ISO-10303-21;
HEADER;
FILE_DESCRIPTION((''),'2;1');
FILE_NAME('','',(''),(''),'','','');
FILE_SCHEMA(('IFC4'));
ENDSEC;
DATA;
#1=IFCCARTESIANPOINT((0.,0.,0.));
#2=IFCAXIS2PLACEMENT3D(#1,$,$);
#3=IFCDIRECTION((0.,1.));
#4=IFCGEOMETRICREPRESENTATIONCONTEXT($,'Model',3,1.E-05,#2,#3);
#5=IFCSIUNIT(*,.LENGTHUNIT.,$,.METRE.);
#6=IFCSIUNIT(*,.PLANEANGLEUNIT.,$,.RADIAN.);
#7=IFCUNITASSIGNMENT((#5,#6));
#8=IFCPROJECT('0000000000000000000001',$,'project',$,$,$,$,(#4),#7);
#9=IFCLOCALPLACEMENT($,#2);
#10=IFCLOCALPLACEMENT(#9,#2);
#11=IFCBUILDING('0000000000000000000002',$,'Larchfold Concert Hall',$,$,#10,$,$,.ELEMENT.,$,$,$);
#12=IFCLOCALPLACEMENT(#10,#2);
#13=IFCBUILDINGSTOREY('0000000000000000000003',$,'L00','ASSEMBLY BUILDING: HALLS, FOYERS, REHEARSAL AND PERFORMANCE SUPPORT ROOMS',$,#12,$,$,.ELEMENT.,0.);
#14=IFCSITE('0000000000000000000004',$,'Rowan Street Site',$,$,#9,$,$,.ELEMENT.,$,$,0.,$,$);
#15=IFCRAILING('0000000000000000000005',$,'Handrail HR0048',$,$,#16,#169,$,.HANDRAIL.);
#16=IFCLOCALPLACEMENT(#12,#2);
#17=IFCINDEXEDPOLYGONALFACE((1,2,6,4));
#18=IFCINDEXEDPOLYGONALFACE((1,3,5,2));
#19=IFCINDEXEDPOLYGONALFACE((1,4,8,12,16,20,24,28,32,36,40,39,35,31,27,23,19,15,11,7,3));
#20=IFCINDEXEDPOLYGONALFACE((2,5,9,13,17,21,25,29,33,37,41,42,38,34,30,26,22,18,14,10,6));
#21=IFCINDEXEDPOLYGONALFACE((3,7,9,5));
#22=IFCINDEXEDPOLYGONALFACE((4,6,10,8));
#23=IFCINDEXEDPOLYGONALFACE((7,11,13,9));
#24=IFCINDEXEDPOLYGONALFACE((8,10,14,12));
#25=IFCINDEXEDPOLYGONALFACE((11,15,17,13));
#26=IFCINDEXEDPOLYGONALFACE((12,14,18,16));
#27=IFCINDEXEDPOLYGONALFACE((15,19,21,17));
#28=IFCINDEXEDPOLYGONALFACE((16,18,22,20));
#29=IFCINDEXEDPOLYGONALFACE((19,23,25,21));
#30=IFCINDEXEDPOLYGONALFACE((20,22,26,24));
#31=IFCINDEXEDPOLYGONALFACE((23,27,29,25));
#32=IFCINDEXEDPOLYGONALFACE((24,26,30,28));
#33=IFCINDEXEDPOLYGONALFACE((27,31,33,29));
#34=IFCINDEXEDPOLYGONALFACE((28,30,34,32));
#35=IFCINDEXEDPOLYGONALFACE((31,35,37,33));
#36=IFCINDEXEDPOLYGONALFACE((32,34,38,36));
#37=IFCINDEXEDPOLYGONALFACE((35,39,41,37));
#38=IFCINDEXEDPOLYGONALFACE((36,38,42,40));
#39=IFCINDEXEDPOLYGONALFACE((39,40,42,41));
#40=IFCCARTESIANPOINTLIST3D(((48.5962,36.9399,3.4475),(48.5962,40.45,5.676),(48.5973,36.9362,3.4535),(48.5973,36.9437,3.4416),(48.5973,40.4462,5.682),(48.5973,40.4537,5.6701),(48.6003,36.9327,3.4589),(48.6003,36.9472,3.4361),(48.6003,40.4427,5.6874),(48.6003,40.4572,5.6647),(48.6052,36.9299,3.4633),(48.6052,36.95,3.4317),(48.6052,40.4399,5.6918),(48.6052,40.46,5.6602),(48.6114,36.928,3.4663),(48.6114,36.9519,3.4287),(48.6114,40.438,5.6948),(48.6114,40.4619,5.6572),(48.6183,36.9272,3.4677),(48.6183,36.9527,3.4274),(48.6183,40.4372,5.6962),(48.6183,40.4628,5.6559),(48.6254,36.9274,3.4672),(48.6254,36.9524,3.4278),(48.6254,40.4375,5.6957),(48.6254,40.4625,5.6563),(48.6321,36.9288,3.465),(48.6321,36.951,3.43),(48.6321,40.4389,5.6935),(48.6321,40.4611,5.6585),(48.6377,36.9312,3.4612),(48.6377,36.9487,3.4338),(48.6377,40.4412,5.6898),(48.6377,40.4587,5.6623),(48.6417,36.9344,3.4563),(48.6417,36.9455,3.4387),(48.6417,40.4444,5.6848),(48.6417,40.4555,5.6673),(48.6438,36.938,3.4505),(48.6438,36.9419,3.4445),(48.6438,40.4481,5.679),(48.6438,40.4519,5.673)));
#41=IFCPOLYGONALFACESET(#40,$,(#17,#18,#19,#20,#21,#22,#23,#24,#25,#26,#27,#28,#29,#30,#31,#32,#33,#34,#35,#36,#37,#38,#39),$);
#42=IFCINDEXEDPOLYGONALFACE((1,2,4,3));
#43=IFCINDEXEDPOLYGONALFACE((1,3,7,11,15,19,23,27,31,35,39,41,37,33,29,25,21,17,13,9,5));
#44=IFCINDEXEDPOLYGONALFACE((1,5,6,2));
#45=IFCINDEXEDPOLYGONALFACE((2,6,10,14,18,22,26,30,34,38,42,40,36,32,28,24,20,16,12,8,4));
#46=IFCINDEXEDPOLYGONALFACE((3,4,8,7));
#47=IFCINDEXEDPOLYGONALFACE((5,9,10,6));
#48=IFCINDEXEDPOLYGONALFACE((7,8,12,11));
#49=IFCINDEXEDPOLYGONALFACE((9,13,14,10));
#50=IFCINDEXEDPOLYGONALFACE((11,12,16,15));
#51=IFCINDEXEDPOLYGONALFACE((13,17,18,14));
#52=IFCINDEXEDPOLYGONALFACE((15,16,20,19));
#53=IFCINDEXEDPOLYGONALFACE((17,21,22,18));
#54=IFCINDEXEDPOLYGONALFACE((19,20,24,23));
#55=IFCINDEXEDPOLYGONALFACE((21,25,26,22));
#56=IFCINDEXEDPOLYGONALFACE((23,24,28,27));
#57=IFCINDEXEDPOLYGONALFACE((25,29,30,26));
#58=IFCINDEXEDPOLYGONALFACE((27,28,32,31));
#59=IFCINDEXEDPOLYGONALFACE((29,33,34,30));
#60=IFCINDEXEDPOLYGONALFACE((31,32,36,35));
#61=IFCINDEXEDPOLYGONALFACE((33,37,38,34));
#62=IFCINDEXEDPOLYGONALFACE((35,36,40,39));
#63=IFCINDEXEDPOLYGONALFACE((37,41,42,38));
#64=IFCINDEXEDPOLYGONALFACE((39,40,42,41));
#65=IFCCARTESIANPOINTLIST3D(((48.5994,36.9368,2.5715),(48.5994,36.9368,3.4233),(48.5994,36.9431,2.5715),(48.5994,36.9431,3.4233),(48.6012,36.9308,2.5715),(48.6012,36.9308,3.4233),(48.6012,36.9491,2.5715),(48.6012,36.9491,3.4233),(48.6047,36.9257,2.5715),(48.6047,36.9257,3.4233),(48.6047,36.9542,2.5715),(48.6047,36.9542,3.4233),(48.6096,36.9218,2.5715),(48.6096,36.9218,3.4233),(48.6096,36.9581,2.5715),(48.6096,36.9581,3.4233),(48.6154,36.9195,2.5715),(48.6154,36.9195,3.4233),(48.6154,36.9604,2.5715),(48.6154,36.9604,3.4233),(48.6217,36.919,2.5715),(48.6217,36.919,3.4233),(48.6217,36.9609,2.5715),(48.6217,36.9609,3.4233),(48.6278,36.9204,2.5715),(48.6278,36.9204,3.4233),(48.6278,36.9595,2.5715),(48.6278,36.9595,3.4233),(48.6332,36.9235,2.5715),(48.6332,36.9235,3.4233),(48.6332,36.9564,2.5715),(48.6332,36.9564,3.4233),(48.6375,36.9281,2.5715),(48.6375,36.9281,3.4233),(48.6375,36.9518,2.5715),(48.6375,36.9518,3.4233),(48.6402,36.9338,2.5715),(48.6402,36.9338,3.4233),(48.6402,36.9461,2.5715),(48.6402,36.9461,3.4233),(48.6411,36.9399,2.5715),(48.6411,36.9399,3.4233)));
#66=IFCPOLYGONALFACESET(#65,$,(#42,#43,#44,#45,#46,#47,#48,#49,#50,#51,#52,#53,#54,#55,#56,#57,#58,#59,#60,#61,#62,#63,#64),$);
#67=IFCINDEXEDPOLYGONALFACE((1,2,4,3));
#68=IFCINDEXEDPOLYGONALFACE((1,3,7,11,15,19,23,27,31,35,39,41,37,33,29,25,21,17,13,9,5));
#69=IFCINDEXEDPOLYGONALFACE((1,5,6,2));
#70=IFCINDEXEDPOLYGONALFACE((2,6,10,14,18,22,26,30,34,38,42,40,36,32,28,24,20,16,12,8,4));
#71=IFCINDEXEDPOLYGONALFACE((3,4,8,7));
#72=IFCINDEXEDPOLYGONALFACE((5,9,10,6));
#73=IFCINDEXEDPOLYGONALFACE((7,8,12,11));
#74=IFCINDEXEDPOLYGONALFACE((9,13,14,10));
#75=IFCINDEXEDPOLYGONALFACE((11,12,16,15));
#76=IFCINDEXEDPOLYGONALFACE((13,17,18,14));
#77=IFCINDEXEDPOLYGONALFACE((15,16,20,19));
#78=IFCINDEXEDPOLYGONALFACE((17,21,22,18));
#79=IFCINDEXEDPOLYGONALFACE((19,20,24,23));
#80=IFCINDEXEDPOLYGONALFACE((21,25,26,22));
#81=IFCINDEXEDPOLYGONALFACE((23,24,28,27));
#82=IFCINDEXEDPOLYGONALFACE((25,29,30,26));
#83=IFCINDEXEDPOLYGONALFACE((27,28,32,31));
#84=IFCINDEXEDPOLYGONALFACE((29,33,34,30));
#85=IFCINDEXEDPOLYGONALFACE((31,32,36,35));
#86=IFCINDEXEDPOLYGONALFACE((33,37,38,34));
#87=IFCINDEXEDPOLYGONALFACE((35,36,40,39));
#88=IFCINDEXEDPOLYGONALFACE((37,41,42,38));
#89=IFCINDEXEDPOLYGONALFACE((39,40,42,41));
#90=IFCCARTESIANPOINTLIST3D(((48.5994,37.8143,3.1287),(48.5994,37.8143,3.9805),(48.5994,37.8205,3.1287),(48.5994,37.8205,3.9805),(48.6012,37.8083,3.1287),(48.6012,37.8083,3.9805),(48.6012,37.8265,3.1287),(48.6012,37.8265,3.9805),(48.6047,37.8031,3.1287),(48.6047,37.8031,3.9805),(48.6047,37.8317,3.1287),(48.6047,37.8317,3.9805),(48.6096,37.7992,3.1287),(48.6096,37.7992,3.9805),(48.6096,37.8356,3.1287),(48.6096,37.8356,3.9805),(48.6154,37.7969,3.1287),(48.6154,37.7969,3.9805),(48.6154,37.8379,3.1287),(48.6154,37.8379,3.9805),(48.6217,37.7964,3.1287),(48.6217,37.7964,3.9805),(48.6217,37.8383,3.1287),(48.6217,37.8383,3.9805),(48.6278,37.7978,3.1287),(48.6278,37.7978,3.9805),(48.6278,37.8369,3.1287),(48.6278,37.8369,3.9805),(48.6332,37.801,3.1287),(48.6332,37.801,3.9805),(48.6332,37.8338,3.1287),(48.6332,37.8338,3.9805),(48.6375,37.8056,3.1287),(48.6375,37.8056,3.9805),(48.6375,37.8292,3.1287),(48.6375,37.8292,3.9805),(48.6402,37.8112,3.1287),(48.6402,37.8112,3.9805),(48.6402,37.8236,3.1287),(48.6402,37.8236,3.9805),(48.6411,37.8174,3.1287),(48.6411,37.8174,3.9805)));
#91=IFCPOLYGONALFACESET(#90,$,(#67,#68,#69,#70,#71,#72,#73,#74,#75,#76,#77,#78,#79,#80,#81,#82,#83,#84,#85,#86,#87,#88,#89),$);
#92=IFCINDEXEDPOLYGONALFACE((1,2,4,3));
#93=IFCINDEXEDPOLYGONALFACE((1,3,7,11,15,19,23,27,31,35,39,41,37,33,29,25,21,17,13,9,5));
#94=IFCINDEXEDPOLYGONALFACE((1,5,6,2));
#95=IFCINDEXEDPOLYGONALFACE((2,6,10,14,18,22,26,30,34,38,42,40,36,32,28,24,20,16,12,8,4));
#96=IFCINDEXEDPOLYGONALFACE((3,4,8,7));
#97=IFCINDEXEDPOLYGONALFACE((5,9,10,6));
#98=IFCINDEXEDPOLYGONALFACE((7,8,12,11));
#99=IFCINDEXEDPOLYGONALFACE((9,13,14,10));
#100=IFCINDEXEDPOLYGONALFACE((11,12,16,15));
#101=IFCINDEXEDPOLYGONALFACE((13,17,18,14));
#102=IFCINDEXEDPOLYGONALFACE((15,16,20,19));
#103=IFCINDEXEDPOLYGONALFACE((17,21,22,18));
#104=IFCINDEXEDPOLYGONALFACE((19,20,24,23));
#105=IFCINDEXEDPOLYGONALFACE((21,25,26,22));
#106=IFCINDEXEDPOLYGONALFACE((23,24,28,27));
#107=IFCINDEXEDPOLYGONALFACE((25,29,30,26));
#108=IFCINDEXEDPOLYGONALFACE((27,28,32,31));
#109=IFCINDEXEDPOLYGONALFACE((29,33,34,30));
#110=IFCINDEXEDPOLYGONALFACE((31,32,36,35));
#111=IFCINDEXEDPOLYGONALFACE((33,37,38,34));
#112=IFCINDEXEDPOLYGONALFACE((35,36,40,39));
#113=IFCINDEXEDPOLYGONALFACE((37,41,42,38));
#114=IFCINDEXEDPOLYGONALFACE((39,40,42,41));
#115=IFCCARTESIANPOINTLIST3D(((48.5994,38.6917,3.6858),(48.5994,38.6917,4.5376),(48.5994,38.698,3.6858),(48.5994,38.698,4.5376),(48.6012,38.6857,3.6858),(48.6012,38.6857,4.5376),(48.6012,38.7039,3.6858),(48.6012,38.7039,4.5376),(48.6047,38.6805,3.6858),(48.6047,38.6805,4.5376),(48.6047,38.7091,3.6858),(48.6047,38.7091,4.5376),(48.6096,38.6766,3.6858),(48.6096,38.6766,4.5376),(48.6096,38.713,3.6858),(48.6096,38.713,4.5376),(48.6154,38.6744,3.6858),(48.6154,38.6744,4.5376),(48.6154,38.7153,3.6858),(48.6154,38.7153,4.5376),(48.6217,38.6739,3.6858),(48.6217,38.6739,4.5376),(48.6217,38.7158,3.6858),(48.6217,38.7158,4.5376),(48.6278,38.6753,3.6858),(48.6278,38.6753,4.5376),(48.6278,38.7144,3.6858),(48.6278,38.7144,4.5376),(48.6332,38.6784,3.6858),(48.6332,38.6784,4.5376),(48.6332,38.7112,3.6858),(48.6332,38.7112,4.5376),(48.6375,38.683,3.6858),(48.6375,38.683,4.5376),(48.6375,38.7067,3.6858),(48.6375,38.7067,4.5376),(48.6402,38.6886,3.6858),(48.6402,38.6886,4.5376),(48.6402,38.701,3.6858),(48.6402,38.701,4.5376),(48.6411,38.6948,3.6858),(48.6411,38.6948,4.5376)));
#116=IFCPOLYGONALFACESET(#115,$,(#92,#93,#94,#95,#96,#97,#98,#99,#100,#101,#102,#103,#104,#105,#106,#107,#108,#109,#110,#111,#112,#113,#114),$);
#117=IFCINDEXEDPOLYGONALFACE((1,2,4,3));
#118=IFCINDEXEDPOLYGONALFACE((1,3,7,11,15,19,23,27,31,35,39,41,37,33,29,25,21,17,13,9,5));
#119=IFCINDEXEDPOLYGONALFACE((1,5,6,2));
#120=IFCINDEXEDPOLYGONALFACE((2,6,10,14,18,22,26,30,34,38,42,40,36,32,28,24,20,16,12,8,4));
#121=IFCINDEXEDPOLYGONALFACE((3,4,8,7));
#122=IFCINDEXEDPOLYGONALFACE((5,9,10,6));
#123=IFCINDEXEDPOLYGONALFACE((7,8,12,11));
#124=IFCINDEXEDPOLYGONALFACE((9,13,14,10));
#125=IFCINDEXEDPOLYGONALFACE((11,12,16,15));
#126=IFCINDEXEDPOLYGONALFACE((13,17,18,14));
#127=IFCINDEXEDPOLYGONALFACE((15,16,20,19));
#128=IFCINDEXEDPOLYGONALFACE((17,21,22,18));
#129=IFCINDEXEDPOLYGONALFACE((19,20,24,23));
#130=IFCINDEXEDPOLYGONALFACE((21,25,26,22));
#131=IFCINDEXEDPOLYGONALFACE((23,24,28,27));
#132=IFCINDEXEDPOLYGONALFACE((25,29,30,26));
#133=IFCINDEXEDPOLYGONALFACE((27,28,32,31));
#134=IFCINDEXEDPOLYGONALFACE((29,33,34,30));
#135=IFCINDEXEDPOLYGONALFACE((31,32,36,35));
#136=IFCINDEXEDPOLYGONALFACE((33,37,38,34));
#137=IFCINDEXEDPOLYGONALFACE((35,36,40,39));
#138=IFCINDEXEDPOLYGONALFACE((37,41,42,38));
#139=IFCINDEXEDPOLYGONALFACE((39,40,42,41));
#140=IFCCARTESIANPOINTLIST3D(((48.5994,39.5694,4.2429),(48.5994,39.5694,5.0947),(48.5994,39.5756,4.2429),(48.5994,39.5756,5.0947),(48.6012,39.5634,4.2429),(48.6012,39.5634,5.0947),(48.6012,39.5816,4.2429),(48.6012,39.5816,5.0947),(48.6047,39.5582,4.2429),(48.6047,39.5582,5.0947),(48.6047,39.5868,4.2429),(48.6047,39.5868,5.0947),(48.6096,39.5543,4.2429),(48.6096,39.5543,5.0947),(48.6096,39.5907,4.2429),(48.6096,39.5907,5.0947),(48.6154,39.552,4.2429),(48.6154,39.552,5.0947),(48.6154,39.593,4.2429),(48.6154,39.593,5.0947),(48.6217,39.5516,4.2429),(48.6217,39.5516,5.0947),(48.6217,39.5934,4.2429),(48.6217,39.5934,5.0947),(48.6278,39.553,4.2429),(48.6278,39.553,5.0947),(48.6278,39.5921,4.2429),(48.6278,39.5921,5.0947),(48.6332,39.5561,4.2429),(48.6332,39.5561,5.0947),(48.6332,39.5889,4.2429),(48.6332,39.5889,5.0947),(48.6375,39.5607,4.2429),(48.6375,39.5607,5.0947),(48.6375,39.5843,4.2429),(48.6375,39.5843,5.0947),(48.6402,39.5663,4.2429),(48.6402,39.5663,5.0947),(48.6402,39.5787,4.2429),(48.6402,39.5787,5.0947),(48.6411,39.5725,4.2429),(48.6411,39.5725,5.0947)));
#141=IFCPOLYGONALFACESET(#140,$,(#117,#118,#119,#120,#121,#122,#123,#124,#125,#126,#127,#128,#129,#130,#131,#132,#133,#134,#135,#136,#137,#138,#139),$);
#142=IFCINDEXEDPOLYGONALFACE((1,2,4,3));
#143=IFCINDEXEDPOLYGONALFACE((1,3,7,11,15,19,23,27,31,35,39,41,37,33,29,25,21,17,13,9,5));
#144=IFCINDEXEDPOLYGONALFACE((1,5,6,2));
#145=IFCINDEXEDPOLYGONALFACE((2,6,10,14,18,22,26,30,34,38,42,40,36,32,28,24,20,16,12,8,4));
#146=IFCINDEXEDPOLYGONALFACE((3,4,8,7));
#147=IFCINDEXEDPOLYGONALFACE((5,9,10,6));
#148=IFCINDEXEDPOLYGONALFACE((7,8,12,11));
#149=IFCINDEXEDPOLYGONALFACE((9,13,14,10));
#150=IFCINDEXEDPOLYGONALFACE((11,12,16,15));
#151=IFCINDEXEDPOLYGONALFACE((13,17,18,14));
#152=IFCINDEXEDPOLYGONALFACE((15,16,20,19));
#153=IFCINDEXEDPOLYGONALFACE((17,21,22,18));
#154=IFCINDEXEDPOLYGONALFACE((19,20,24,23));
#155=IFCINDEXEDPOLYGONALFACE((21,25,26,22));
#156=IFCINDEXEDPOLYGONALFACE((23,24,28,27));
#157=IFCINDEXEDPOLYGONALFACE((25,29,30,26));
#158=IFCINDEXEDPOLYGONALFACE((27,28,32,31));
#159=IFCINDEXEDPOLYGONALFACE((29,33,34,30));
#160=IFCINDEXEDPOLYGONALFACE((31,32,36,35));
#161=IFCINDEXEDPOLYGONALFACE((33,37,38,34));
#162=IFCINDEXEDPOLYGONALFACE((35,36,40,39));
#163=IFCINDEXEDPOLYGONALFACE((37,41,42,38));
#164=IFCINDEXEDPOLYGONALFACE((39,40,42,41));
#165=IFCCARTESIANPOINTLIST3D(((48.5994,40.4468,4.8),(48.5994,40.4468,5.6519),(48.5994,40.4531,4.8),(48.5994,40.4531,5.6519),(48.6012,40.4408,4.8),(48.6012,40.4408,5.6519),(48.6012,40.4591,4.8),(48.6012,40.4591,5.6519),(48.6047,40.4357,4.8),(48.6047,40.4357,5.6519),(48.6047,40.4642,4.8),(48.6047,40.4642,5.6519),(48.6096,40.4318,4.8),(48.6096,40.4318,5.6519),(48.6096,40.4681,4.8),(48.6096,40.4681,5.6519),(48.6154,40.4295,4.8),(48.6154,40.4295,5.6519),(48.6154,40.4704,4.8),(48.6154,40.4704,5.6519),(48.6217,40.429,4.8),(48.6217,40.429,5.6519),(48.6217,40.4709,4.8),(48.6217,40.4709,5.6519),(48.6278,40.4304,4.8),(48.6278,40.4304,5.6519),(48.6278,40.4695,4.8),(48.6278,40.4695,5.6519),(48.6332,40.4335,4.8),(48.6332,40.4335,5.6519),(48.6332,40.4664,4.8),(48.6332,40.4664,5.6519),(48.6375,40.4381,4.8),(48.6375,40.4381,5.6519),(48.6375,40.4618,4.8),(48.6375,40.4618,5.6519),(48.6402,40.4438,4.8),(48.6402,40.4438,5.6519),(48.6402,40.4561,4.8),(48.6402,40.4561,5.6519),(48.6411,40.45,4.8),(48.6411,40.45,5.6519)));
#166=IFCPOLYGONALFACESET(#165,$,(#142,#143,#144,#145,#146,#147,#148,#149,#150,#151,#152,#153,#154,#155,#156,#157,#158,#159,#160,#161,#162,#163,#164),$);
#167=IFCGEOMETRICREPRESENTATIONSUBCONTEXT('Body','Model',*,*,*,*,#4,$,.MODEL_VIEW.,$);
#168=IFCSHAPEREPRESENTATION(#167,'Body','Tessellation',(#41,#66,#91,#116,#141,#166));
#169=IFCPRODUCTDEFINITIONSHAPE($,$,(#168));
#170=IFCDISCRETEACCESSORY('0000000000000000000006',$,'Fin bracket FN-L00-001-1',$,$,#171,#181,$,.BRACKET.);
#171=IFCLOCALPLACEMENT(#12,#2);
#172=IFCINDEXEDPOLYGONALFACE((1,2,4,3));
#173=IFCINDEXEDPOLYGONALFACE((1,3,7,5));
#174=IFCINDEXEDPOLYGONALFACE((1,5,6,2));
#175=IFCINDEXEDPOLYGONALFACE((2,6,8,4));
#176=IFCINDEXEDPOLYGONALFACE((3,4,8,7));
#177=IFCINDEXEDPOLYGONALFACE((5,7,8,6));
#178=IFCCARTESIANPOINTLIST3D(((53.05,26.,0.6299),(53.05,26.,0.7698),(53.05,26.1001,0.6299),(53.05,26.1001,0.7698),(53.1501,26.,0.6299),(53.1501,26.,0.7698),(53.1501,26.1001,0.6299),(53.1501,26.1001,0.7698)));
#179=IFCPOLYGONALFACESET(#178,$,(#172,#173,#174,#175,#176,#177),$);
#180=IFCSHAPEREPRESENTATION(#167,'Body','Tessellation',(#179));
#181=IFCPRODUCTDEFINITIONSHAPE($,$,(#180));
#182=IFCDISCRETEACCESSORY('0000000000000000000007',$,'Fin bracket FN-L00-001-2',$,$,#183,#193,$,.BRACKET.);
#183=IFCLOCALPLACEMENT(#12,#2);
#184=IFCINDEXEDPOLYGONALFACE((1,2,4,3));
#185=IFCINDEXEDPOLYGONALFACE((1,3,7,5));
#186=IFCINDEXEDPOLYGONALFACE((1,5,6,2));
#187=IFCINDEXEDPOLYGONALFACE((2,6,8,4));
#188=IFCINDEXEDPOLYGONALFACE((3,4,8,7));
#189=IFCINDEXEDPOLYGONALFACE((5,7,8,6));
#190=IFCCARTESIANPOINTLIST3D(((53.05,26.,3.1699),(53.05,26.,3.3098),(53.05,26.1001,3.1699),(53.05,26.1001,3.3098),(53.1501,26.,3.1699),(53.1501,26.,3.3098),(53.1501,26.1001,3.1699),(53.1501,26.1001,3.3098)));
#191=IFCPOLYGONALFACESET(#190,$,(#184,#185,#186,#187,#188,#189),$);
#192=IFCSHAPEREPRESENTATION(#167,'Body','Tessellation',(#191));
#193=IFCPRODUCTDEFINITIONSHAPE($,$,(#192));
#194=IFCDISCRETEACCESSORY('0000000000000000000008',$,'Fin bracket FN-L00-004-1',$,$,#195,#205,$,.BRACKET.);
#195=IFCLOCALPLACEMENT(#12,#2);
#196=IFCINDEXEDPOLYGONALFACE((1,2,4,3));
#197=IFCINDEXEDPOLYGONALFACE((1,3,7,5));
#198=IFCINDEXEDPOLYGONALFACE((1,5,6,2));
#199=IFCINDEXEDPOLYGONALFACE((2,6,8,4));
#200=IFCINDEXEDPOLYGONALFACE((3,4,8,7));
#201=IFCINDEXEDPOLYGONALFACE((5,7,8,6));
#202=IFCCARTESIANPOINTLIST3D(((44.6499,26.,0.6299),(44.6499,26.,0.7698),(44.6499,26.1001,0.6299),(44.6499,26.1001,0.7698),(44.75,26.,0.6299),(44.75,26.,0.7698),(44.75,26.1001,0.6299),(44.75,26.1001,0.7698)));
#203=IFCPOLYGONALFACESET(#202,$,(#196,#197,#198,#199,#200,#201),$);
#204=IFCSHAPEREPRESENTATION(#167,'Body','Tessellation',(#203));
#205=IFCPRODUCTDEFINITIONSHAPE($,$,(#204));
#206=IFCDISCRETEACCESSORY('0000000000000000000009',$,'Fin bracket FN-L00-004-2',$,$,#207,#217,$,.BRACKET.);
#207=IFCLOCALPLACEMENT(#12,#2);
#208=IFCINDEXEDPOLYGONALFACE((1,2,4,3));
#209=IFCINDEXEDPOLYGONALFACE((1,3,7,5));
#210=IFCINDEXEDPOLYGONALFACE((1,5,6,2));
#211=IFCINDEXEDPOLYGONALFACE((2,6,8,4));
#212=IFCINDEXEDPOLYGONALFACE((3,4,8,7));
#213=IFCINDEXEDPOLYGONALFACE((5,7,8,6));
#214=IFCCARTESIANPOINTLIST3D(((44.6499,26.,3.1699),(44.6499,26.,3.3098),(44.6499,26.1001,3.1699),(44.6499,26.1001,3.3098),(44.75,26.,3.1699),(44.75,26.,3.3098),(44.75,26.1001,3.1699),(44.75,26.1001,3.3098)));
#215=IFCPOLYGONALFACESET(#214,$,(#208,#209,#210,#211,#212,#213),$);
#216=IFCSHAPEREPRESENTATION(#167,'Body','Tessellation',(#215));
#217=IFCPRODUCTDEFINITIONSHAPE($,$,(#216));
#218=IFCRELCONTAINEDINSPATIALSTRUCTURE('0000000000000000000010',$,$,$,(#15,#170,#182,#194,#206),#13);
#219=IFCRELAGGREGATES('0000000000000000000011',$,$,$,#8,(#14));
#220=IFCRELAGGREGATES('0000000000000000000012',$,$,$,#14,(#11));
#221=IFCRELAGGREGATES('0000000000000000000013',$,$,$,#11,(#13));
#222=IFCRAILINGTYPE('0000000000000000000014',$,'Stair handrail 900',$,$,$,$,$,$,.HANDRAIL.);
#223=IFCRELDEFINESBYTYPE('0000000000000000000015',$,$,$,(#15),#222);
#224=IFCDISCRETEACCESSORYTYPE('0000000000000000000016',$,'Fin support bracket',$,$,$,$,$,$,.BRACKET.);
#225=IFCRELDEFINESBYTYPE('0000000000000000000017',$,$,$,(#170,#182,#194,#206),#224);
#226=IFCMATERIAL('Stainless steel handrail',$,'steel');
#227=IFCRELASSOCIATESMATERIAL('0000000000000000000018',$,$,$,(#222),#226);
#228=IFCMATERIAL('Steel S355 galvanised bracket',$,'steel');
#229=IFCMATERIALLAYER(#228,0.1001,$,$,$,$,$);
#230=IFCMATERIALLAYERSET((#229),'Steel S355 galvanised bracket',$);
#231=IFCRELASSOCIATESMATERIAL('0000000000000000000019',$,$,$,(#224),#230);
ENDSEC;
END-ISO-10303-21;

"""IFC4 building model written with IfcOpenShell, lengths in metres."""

from ifc_helpers import new_model, si_unit, direction, frame, origin, origin_2d, place, context, subcontext, project, spatial, rectangle, circle, extrude, material, layer, layer_set, type_object, element, save


model = new_model("IFC4")

# Units and contexts
model_context = context("Model", 3, precision=1e-05, world=origin(), true_north=direction((0.0, 1.0)))
body_context = subcontext(model_context, "Body", "Model", "MODEL_VIEW")
ifc_project = project(units=[si_unit("LENGTHUNIT", "METRE"), si_unit("PLANEANGLEUNIT", "RADIAN")], contexts=[model_context])

# Site, building, storey
site_placement = place(None, origin())
site = spatial("IfcSite", under=ifc_project, at=site_placement, Name="Rowan Street Site", CompositionType="ELEMENT", RefElevation=0.0)
building_placement = place(site_placement, origin())
building = spatial("IfcBuilding", under=site, at=building_placement, Name="Larchfold Concert Hall", CompositionType="ELEMENT")
storey_placement = place(building_placement, origin())
storey = spatial("IfcBuildingStorey", under=building, at=storey_placement, Name="L00", Description="ASSEMBLY BUILDING: HALLS, FOYERS, REHEARSAL AND PERFORMANCE SUPPORT ROOMS", CompositionType="ELEMENT", Elevation=0.0)

# Railing
ifc_material_1 = material(Name="Stainless steel handrail", Category="steel")
railing_type_1 = type_object("IfcRailingType", Name="Stair handrail 900", PredefinedType="HANDRAIL", material=ifc_material_1)
railing_1_placement = place(storey_placement, frame((48.6201, 36.9399, 2.5715)))
element("IfcRailing", 1, at=railing_1_placement, inside=storey, type_object=railing_type_1, Name="Handrail HR0048", PredefinedType="HANDRAIL", context=body_context, shape_type="SweptSolid", body=[
    extrude(circle(Radius=0.0239, at=origin_2d()), frame((0.0, 0.0, 0.876), z_axis=(0.0, 0.84422, 0.535998), x_axis=(-1.0, 0.0, 0.0)), (0.0, 0.0, 1.0), 4.1577),
    extrude(circle(Radius=0.021, at=origin_2d()), origin(), (0.0, 0.0, 1.0), 0.8518),
    extrude(circle(Radius=0.021, at=origin_2d()), frame((0.0, 0.8774, 0.5571)), (0.0, 0.0, 1.0), 0.8518),
    extrude(circle(Radius=0.021, at=origin_2d()), frame((0.0, 1.7549, 1.1143)), (0.0, 0.0, 1.0), 0.8518),
    extrude(circle(Radius=0.021, at=origin_2d()), frame((0.0, 2.6326, 1.6714)), (0.0, 0.0, 1.0), 0.8518),
    extrude(circle(Radius=0.021, at=origin_2d()), frame((0.0, 3.51, 2.2285)), (0.0, 0.0, 1.0), 0.8518),
])

# Discrete accessories
ifc_material_2 = material(Name="Steel S355 galvanised bracket", Category="steel")
ifc_layer_1 = layer(ifc_material_2, 0.1001)
ifc_layer_set_1 = layer_set([ifc_layer_1], Name="Steel S355 galvanised bracket")
discrete_accessory_type = type_object("IfcDiscreteAccessoryType", Name="Fin support bracket", PredefinedType="BRACKET", material=ifc_layer_set_1)
for number, where, z_axis, x_axis, name in (
    (2, (53.1001, 26.05, 0.6299), (0.0, 0.0, 1.0), (0.0, 1.0, 0.0), "Fin bracket FN-L00-001-1"),
    (3, (53.1001, 26.05, 3.1699), (0.0, 0.0, 1.0), (0.0, 1.0, 0.0), "Fin bracket FN-L00-001-2"),
    (4, (44.7, 26.05, 0.6299), (0.0, 0.0, 1.0), (0.0, 1.0, 0.0), "Fin bracket FN-L00-004-1"),
    (5, (44.7, 26.05, 3.1699), (0.0, 0.0, 1.0), (0.0, 1.0, 0.0), "Fin bracket FN-L00-004-2"),
):
    element("IfcDiscreteAccessory", number, at=place(storey_placement, frame(where, z_axis=z_axis, x_axis=x_axis)), inside=storey, type_object=discrete_accessory_type, Name=name, PredefinedType="BRACKET", context=body_context, shape_type="SweptSolid", body=[
        extrude(rectangle(XDim=0.1001, YDim=0.1001, at=origin_2d()), origin(), (0.0, 0.0, 1.0), 0.1399),
    ])

save(model, "model.ifc")
